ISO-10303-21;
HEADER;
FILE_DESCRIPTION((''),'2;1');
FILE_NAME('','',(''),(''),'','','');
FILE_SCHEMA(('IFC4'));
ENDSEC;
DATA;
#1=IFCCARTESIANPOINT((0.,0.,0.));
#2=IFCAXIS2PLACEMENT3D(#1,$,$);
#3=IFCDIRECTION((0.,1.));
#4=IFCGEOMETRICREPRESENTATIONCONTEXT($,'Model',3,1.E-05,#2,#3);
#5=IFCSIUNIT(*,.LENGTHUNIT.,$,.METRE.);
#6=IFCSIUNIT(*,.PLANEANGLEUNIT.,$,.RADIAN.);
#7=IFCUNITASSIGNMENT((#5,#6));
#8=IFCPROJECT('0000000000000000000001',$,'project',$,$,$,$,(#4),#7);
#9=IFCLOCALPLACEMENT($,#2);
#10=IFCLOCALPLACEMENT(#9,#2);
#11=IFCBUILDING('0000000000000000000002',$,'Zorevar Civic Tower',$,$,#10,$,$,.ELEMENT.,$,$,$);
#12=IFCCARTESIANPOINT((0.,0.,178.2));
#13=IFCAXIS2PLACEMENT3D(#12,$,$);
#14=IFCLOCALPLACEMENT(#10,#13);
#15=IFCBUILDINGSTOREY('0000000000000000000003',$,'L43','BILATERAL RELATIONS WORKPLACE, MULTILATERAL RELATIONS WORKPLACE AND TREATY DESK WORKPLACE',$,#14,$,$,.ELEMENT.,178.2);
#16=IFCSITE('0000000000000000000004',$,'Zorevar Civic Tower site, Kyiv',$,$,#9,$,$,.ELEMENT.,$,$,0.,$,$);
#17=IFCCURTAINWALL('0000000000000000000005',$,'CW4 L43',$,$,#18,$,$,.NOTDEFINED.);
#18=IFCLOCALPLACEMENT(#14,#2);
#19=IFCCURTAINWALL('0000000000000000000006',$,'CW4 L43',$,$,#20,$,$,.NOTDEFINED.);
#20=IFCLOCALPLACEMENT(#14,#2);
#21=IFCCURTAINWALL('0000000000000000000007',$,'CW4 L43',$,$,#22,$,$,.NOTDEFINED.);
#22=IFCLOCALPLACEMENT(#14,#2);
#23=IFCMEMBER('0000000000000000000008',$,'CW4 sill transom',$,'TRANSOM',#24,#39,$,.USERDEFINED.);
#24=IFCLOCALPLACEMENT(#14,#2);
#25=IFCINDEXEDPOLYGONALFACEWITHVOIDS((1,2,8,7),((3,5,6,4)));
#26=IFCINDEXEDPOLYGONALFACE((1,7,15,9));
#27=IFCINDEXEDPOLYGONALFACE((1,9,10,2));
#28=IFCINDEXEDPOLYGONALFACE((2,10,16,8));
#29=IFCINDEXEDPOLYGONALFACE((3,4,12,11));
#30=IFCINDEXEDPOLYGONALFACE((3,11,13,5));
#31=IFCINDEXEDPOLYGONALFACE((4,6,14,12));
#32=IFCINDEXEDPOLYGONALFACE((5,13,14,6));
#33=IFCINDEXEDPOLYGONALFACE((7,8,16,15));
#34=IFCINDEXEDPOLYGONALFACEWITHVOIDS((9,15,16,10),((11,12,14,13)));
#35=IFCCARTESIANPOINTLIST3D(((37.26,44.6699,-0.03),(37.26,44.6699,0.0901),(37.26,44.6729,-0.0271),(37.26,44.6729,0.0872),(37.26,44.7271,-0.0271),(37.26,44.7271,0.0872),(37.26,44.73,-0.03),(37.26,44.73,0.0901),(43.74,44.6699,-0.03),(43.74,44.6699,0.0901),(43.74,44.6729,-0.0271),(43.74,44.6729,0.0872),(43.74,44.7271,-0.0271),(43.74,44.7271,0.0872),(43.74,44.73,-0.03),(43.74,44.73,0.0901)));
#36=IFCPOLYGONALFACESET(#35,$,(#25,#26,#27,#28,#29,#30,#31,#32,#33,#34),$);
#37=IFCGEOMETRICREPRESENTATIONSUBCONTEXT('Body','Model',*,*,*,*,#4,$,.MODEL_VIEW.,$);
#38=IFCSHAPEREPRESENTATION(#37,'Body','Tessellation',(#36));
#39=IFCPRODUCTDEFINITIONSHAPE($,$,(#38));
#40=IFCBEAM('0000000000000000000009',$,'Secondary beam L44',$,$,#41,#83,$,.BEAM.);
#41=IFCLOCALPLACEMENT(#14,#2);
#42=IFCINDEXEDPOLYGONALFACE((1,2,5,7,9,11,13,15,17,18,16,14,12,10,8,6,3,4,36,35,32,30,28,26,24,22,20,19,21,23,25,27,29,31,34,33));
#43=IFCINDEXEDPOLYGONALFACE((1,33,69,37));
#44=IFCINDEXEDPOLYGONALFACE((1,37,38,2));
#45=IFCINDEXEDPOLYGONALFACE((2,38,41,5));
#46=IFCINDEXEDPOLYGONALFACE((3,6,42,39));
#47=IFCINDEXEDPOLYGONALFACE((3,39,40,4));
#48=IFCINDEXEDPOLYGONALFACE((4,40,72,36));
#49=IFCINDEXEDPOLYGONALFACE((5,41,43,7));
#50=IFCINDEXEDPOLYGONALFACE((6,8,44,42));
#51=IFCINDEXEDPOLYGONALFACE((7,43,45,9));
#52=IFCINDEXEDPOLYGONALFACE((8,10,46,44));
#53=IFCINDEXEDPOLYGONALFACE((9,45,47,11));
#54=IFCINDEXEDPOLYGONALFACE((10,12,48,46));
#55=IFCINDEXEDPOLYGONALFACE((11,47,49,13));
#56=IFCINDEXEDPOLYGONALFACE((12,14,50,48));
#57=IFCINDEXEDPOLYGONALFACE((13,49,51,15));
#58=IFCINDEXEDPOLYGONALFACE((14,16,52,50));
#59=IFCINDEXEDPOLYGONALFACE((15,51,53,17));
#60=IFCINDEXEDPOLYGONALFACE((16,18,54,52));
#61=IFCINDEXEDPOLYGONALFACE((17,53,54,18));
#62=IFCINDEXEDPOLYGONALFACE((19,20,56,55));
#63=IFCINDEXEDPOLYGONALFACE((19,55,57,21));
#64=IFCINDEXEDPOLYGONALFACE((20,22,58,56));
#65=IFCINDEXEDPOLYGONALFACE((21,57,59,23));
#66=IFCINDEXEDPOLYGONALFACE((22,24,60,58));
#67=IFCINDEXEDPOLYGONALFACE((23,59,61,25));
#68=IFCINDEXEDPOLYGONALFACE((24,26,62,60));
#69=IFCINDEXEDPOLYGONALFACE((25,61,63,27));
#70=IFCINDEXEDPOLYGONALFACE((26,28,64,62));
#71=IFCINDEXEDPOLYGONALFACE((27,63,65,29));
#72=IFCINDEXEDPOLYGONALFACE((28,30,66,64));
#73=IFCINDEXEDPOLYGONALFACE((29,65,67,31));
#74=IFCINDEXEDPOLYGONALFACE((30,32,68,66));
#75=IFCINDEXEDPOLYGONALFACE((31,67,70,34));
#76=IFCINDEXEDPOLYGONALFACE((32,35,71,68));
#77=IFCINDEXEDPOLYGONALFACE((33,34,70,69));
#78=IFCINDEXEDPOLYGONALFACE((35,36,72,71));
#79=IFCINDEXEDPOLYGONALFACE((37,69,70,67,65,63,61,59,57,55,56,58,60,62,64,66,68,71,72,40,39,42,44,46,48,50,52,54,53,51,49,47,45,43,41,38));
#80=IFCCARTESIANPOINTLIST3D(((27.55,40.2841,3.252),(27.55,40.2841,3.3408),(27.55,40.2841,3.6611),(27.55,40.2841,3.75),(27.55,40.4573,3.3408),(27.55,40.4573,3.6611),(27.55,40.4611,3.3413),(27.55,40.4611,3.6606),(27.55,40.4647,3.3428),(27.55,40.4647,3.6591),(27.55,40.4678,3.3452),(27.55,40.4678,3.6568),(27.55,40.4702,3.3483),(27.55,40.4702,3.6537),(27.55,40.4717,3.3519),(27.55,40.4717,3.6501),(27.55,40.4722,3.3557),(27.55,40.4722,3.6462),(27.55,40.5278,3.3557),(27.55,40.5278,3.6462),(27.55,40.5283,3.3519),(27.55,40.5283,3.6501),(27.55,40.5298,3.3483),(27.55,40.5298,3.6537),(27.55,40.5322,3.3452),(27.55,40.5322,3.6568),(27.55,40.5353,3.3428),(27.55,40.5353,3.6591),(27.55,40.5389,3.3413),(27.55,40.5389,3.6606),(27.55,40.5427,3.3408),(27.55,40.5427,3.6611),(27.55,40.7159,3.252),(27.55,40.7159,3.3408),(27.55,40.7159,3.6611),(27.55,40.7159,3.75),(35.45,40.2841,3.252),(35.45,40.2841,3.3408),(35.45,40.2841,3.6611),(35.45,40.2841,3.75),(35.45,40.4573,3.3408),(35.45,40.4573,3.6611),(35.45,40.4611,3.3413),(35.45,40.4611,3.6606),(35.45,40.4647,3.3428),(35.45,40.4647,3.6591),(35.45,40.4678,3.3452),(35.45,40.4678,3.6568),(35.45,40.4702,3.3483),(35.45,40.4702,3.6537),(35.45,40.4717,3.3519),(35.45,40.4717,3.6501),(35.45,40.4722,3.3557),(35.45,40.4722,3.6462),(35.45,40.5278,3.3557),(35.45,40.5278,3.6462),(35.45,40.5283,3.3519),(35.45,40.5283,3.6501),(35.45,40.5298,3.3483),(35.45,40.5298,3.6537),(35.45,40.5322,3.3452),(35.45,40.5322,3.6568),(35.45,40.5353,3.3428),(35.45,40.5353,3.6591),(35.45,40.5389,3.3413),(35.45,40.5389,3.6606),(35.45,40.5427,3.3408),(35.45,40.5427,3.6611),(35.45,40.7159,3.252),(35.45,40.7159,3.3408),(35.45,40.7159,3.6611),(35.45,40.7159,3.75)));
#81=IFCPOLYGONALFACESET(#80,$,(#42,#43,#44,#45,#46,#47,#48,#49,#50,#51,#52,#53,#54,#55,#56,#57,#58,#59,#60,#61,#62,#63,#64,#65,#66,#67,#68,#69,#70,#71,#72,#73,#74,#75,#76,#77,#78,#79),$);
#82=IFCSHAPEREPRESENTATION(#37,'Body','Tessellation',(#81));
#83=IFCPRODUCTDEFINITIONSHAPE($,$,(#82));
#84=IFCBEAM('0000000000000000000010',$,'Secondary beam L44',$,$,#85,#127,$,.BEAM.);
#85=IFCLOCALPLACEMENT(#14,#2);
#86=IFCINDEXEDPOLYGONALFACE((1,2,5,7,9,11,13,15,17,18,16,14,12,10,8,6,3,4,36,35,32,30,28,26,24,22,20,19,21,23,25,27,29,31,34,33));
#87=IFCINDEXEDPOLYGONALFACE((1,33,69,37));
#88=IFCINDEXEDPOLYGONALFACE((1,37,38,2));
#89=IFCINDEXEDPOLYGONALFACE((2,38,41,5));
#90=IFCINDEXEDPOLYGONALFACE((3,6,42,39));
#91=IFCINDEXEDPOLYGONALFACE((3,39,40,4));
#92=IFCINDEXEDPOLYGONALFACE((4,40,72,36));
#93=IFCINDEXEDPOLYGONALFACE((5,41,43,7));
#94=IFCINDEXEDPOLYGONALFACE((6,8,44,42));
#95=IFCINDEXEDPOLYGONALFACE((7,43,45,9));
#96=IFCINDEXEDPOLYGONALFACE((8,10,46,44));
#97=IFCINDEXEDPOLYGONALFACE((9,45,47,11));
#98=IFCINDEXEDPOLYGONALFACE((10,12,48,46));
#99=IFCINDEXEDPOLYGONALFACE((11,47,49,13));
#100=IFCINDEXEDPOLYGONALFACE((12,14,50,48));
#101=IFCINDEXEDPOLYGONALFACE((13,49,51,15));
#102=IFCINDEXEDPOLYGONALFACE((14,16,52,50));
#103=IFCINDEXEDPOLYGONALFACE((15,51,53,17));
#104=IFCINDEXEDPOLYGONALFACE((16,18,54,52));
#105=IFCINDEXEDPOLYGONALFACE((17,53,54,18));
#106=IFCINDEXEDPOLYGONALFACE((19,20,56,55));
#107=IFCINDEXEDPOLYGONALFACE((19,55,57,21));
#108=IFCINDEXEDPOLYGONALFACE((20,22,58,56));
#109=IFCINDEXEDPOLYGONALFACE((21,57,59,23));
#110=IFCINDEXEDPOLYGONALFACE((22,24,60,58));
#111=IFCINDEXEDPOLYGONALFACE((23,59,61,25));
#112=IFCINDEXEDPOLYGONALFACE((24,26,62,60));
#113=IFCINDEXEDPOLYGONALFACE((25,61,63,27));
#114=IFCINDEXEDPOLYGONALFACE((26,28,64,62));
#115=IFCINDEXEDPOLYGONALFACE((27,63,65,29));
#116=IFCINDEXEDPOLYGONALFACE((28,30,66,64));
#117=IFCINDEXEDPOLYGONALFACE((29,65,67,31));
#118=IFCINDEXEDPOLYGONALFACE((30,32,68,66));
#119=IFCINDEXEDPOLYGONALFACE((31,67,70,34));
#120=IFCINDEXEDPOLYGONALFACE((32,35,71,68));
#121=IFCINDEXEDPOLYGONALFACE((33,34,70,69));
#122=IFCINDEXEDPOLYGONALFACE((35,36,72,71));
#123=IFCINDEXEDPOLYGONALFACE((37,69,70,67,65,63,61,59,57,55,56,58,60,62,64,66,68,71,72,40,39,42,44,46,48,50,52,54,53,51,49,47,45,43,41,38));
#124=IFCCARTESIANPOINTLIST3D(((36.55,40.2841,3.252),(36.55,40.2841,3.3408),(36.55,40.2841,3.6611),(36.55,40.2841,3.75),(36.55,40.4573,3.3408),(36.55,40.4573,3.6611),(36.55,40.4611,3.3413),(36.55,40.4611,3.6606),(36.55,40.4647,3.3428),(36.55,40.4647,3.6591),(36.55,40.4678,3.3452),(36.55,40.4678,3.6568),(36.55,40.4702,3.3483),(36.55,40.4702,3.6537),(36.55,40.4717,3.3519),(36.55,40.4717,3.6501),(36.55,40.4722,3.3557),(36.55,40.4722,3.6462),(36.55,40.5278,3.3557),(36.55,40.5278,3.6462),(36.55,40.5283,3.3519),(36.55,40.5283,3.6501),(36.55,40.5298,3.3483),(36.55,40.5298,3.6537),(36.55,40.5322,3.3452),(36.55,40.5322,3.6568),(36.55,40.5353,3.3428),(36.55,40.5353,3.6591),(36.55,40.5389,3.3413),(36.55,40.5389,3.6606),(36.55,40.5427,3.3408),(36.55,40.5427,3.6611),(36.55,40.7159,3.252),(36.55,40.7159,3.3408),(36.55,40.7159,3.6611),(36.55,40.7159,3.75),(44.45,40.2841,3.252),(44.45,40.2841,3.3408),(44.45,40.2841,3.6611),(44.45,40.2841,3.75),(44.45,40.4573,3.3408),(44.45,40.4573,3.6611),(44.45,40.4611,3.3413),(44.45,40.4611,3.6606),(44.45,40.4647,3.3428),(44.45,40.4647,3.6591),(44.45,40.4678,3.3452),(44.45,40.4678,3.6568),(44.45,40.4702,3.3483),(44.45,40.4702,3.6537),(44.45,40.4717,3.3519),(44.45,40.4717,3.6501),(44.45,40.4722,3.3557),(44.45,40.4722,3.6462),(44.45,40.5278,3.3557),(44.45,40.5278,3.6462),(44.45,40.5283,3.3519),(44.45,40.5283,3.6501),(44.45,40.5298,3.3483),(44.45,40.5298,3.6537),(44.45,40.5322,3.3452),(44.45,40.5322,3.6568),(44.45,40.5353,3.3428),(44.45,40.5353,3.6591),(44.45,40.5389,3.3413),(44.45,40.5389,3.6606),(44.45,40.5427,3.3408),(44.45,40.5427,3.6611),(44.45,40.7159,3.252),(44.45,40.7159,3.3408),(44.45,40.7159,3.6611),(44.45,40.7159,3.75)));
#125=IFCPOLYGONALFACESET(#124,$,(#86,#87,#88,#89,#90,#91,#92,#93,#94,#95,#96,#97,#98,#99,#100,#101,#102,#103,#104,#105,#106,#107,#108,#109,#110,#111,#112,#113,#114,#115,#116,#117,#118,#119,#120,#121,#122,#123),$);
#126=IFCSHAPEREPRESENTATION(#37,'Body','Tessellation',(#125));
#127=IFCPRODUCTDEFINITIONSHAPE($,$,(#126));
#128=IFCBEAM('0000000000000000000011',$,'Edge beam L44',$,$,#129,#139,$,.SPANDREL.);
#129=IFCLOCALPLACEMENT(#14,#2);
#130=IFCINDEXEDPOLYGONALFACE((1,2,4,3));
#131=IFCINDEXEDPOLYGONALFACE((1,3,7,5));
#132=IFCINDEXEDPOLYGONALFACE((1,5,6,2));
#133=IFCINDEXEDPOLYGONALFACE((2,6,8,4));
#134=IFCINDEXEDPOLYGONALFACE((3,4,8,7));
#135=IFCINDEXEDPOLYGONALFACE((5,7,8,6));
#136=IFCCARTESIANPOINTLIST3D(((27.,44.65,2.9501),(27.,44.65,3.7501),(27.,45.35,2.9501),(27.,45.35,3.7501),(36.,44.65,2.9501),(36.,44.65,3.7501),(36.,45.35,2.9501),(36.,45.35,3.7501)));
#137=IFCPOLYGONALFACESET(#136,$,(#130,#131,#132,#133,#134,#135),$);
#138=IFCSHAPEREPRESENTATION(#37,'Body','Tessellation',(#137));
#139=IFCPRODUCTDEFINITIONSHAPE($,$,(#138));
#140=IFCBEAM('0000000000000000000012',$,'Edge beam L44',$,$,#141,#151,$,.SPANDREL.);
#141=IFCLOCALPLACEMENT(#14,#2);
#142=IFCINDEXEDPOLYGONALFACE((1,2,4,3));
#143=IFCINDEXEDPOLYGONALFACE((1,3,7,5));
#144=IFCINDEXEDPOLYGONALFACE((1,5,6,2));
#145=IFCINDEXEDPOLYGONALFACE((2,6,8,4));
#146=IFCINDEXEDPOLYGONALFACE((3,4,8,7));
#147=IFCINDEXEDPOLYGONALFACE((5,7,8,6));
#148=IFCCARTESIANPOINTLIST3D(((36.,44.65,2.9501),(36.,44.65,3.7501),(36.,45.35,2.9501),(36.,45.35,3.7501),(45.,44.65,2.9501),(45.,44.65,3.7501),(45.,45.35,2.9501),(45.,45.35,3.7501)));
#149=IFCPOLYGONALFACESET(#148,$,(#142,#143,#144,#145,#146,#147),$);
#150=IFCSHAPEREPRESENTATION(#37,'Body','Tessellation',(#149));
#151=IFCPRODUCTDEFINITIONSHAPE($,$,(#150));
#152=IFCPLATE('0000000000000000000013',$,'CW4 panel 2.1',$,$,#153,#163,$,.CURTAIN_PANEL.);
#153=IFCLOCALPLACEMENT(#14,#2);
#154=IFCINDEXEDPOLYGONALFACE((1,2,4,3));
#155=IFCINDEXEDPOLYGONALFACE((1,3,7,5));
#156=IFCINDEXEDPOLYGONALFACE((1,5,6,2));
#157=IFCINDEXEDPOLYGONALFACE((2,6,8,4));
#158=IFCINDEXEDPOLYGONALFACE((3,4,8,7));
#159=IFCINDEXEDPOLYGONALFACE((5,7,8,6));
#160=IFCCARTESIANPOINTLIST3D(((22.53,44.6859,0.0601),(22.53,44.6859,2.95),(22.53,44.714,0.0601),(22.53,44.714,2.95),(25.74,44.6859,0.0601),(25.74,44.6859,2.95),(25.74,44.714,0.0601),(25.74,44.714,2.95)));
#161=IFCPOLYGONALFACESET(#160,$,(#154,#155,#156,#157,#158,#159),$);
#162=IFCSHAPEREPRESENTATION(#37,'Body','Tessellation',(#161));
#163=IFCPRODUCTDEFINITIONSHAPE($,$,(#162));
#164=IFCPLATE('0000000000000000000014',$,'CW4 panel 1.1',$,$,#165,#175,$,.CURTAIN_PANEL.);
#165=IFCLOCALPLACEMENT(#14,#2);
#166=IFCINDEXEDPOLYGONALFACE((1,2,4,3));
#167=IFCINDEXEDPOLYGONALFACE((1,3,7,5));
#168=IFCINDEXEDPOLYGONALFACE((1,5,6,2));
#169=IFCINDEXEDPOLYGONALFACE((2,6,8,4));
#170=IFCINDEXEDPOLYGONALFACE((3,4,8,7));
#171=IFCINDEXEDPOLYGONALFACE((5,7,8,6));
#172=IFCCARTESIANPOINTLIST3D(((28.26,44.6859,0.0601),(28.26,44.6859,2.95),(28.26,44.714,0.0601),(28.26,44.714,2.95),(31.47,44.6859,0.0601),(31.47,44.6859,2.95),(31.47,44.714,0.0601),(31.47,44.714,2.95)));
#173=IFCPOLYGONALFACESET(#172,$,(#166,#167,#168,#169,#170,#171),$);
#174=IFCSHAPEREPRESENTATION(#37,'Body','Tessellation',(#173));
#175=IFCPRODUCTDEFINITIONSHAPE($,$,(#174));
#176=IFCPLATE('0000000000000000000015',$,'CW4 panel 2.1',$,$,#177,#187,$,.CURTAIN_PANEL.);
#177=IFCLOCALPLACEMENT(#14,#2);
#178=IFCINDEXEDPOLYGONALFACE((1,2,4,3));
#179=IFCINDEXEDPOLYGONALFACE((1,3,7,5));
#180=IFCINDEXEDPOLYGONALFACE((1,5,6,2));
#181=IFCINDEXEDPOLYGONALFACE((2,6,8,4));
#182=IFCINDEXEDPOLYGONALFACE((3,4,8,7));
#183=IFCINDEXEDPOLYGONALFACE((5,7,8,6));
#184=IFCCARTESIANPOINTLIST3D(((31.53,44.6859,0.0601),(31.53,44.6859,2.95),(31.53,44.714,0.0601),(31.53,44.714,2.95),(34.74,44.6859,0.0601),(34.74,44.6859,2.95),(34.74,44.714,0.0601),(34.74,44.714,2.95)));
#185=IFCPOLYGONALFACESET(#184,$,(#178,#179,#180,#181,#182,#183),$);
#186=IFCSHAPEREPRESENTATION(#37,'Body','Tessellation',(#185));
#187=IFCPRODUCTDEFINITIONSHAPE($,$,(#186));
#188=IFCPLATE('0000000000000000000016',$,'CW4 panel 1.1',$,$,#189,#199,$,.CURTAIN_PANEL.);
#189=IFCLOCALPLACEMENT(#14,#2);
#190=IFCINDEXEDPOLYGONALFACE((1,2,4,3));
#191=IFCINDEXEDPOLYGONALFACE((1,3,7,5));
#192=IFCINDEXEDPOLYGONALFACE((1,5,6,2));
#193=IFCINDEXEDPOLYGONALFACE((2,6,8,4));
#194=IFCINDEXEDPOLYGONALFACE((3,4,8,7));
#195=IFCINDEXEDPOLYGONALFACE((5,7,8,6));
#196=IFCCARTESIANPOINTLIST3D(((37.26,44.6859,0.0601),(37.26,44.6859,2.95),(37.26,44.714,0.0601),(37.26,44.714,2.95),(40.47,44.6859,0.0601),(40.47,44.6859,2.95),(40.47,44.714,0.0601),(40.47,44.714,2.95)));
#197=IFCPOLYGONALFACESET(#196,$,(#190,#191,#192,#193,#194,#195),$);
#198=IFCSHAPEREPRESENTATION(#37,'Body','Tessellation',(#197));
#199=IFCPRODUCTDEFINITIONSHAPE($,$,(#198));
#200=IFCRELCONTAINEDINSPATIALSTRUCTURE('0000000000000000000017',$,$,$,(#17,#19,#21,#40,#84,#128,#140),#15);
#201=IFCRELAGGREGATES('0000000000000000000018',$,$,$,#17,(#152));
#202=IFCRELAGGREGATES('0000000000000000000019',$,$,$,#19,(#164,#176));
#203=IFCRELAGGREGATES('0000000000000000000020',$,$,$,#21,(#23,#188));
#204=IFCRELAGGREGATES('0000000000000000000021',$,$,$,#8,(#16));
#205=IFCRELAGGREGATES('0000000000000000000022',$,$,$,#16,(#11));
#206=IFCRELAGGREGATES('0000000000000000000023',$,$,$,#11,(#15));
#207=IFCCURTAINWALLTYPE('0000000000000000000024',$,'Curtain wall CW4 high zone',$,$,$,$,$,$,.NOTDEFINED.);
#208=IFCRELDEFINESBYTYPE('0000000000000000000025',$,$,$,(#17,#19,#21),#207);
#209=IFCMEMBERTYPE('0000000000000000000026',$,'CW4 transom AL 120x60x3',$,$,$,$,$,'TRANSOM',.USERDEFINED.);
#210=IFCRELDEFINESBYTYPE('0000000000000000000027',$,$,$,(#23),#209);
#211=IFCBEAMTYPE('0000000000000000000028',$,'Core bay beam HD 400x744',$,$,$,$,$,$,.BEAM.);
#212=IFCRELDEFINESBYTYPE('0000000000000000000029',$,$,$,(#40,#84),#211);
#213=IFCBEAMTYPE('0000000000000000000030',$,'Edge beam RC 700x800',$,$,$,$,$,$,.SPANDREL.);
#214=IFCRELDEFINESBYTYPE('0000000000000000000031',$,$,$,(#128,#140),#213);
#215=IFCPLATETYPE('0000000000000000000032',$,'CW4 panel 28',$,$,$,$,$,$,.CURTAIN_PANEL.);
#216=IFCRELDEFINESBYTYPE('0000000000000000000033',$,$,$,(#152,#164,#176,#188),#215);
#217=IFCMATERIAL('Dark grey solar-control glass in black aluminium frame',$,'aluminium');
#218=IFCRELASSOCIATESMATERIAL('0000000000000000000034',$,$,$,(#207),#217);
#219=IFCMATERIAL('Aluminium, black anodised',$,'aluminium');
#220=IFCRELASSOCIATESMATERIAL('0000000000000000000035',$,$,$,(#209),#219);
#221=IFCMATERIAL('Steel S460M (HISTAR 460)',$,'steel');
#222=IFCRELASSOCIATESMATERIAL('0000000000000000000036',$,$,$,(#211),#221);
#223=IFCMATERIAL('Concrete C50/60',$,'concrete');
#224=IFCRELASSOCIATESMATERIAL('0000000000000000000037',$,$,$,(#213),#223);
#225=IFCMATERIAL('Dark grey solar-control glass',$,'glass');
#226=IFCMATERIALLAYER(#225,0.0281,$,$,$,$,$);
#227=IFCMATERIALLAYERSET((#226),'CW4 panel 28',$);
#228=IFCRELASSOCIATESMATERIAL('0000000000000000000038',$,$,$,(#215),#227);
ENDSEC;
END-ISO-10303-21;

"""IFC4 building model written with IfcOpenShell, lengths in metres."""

from ifc_helpers import new_model, si_unit, direction, frame, origin, origin_2d, place, context, subcontext, project, spatial, rectangle, hollow_rectangle, i_section, extrude, material, layer, layer_set, material_profile, profile_set, type_object, element, aggregate, save


model = new_model("IFC4")

# Units and contexts
model_context = context("Model", 3, precision=1e-05, world=origin(), true_north=direction((0.0, 1.0)))
body_context = subcontext(model_context, "Body", "Model", "MODEL_VIEW")
ifc_project = project(units=[si_unit("LENGTHUNIT", "METRE"), si_unit("PLANEANGLEUNIT", "RADIAN")], contexts=[model_context])

# Site, building, storey
site_placement = place(None, origin())
site = spatial("IfcSite", under=ifc_project, at=site_placement, Name="Zorevar Civic Tower site, Kyiv", CompositionType="ELEMENT", RefElevation=0.0)
building_placement = place(site_placement, origin())
building = spatial("IfcBuilding", under=site, at=building_placement, Name="Zorevar Civic Tower", CompositionType="ELEMENT")
storey_placement = place(building_placement, frame((0.0, 0.0, 178.2)))
storey = spatial("IfcBuildingStorey", under=building, at=storey_placement, Name="L43", Description="BILATERAL RELATIONS WORKPLACE, MULTILATERAL RELATIONS WORKPLACE AND TREATY DESK WORKPLACE", CompositionType="ELEMENT", Elevation=178.2)

# Curtain walls
ifc_material_1 = material(Name="Dark grey solar-control glass in black aluminium frame", Category="aluminium")
curtain_wall_type = type_object("IfcCurtainWallType", Name="Curtain wall CW4 high zone", PredefinedType="NOTDEFINED", material=ifc_material_1)
curtain_wall_1_placement = place(storey_placement, origin())
curtain_wall_1 = element("IfcCurtainWall", 1, at=curtain_wall_1_placement, inside=storey, type_object=curtain_wall_type, Name="CW4 L43", PredefinedType="NOTDEFINED")
curtain_wall_2_placement = place(storey_placement, origin())
curtain_wall_2 = element("IfcCurtainWall", 2, at=curtain_wall_2_placement, inside=storey, type_object=curtain_wall_type, Name="CW4 L43", PredefinedType="NOTDEFINED")
curtain_wall_3_placement = place(storey_placement, origin())
curtain_wall_3 = element("IfcCurtainWall", 3, at=curtain_wall_3_placement, inside=storey, type_object=curtain_wall_type, Name="CW4 L43", PredefinedType="NOTDEFINED")

# Member
ifc_material_2 = material(Name="Aluminium, black anodised", Category="aluminium")
ifc_material_profile_1 = material_profile(ifc_material_2, hollow_rectangle(XDim=0.0601, YDim=0.1201, WallThickness=0.0029, at=origin_2d()), Name="AL 120x60x3")
ifc_profile_set_1 = profile_set([ifc_material_profile_1], Name="Aluminium, black anodised")
member_type_1 = type_object("IfcMemberType", Name="CW4 transom AL 120x60x3", ElementType="TRANSOM", PredefinedType="USERDEFINED", material=ifc_profile_set_1)
member_1_placement = place(storey_placement, frame((37.26, 44.7, 0.03), z_axis=(1.0, 0.0, 0.0), x_axis=(0.0, 1.0, 0.0)))
member_1 = element("IfcMember", 4, at=member_1_placement, type_object=member_type_1, Name="CW4 sill transom", ObjectType="TRANSOM", PredefinedType="USERDEFINED", context=body_context, shape_type="SweptSolid", body=[
    extrude(hollow_rectangle(XDim=0.0601, YDim=0.1201, WallThickness=0.0029, at=origin_2d()), origin(), (0.0, 0.0, 1.0), 6.48),
])

# Beams
ifc_material_3 = material(Name="Steel S460M (HISTAR 460)", Category="steel")
ifc_material_profile_2 = material_profile(ifc_material_3, i_section(OverallWidth=0.4319, OverallDepth=0.498, WebThickness=0.0557, FlangeThickness=0.0889, FilletRadius=0.0149, at=origin_2d()), Name="HD 400x744")
ifc_profile_set_2 = profile_set([ifc_material_profile_2], Name="Steel S460M (HISTAR 460)")
beam_type_1 = type_object("IfcBeamType", Name="Core bay beam HD 400x744", PredefinedType="BEAM", material=ifc_profile_set_2)
for number, where, z_axis, x_axis, name in (
    (5, (27.55, 40.5, 3.501), (1.0, 0.0, 0.0), (0.0, 1.0, 0.0), "Secondary beam L44"),
    (6, (36.55, 40.5, 3.501), (1.0, 0.0, 0.0), (0.0, 1.0, 0.0), "Secondary beam L44"),
):
    element("IfcBeam", number, at=place(storey_placement, frame(where, z_axis=z_axis, x_axis=x_axis)), inside=storey, type_object=beam_type_1, Name=name, PredefinedType="BEAM", context=body_context, shape_type="SweptSolid", body=[
        extrude(i_section(OverallWidth=0.4319, OverallDepth=0.498, WebThickness=0.0557, FlangeThickness=0.0889, FilletRadius=0.0149, at=origin_2d()), origin(), (0.0, 0.0, 1.0), 7.8999),
    ])
ifc_material_4 = material(Name="Concrete C50/60", Category="concrete")
ifc_material_profile_3 = material_profile(ifc_material_4, rectangle(XDim=0.7, YDim=0.8, at=origin_2d()), Name="RC 700x800")
ifc_profile_set_3 = profile_set([ifc_material_profile_3], Name="Concrete C50/60")
beam_type_2 = type_object("IfcBeamType", Name="Edge beam RC 700x800", PredefinedType="SPANDREL", material=ifc_profile_set_3)
for number, where, z_axis, x_axis, name in (
    (7, (27.0, 45.0, 3.3501), (1.0, 0.0, 0.0), (0.0, 1.0, 0.0), "Edge beam L44"),
    (8, (36.0, 45.0, 3.3501), (1.0, 0.0, 0.0), (0.0, 1.0, 0.0), "Edge beam L44"),
):
    element("IfcBeam", number, at=place(storey_placement, frame(where, z_axis=z_axis, x_axis=x_axis)), inside=storey, type_object=beam_type_2, Name=name, PredefinedType="SPANDREL", context=body_context, shape_type="SweptSolid", body=[
        extrude(rectangle(XDim=0.7, YDim=0.8, at=origin_2d()), origin(), (0.0, 0.0, 1.0), 9.0),
    ])

# Plates
ifc_material_5 = material(Name="Dark grey solar-control glass", Category="glass")
ifc_layer_1 = layer(ifc_material_5, 0.0281)
ifc_layer_set_1 = layer_set([ifc_layer_1], Name="CW4 panel 28")
plate_type = type_object("IfcPlateType", Name="CW4 panel 28", PredefinedType="CURTAIN_PANEL", material=ifc_layer_set_1)
plate_1_placement = place(storey_placement, frame((24.135, 44.7, 0.0601), z_axis=(0.0, 0.0, 1.0), x_axis=(1.0, 0.0, 0.0)))
plate_1 = element("IfcPlate", 9, at=plate_1_placement, type_object=plate_type, Name="CW4 panel 2.1", PredefinedType="CURTAIN_PANEL", context=body_context, shape_type="SweptSolid", body=[
    extrude(rectangle(XDim=3.21, YDim=0.0281, at=origin_2d()), origin(), (0.0, 0.0, 1.0), 2.8899),
])
aggregate(curtain_wall_1, [plate_1])
plate_2_placement = place(storey_placement, frame((29.865, 44.7, 0.0601), z_axis=(0.0, 0.0, 1.0), x_axis=(1.0, 0.0, 0.0)))
plate_2 = element("IfcPlate", 10, at=plate_2_placement, type_object=plate_type, Name="CW4 panel 1.1", PredefinedType="CURTAIN_PANEL", context=body_context, shape_type="SweptSolid", body=[
    extrude(rectangle(XDim=3.21, YDim=0.0281, at=origin_2d()), origin(), (0.0, 0.0, 1.0), 2.8899),
])
plate_3_placement = place(storey_placement, frame((33.135, 44.7, 0.0601), z_axis=(0.0, 0.0, 1.0), x_axis=(1.0, 0.0, 0.0)))
plate_3 = element("IfcPlate", 11, at=plate_3_placement, type_object=plate_type, Name="CW4 panel 2.1", PredefinedType="CURTAIN_PANEL", context=body_context, shape_type="SweptSolid", body=[
    extrude(rectangle(XDim=3.21, YDim=0.0281, at=origin_2d()), origin(), (0.0, 0.0, 1.0), 2.8899),
])
aggregate(curtain_wall_2, [plate_2, plate_3])
plate_4_placement = place(storey_placement, frame((38.865, 44.7, 0.0601), z_axis=(0.0, 0.0, 1.0), x_axis=(1.0, 0.0, 0.0)))
plate_4 = element("IfcPlate", 12, at=plate_4_placement, type_object=plate_type, Name="CW4 panel 1.1", PredefinedType="CURTAIN_PANEL", context=body_context, shape_type="SweptSolid", body=[
    extrude(rectangle(XDim=3.21, YDim=0.0281, at=origin_2d()), origin(), (0.0, 0.0, 1.0), 2.8899),
])
aggregate(curtain_wall_3, [member_1, plate_4])

save(model, "model.ifc")
